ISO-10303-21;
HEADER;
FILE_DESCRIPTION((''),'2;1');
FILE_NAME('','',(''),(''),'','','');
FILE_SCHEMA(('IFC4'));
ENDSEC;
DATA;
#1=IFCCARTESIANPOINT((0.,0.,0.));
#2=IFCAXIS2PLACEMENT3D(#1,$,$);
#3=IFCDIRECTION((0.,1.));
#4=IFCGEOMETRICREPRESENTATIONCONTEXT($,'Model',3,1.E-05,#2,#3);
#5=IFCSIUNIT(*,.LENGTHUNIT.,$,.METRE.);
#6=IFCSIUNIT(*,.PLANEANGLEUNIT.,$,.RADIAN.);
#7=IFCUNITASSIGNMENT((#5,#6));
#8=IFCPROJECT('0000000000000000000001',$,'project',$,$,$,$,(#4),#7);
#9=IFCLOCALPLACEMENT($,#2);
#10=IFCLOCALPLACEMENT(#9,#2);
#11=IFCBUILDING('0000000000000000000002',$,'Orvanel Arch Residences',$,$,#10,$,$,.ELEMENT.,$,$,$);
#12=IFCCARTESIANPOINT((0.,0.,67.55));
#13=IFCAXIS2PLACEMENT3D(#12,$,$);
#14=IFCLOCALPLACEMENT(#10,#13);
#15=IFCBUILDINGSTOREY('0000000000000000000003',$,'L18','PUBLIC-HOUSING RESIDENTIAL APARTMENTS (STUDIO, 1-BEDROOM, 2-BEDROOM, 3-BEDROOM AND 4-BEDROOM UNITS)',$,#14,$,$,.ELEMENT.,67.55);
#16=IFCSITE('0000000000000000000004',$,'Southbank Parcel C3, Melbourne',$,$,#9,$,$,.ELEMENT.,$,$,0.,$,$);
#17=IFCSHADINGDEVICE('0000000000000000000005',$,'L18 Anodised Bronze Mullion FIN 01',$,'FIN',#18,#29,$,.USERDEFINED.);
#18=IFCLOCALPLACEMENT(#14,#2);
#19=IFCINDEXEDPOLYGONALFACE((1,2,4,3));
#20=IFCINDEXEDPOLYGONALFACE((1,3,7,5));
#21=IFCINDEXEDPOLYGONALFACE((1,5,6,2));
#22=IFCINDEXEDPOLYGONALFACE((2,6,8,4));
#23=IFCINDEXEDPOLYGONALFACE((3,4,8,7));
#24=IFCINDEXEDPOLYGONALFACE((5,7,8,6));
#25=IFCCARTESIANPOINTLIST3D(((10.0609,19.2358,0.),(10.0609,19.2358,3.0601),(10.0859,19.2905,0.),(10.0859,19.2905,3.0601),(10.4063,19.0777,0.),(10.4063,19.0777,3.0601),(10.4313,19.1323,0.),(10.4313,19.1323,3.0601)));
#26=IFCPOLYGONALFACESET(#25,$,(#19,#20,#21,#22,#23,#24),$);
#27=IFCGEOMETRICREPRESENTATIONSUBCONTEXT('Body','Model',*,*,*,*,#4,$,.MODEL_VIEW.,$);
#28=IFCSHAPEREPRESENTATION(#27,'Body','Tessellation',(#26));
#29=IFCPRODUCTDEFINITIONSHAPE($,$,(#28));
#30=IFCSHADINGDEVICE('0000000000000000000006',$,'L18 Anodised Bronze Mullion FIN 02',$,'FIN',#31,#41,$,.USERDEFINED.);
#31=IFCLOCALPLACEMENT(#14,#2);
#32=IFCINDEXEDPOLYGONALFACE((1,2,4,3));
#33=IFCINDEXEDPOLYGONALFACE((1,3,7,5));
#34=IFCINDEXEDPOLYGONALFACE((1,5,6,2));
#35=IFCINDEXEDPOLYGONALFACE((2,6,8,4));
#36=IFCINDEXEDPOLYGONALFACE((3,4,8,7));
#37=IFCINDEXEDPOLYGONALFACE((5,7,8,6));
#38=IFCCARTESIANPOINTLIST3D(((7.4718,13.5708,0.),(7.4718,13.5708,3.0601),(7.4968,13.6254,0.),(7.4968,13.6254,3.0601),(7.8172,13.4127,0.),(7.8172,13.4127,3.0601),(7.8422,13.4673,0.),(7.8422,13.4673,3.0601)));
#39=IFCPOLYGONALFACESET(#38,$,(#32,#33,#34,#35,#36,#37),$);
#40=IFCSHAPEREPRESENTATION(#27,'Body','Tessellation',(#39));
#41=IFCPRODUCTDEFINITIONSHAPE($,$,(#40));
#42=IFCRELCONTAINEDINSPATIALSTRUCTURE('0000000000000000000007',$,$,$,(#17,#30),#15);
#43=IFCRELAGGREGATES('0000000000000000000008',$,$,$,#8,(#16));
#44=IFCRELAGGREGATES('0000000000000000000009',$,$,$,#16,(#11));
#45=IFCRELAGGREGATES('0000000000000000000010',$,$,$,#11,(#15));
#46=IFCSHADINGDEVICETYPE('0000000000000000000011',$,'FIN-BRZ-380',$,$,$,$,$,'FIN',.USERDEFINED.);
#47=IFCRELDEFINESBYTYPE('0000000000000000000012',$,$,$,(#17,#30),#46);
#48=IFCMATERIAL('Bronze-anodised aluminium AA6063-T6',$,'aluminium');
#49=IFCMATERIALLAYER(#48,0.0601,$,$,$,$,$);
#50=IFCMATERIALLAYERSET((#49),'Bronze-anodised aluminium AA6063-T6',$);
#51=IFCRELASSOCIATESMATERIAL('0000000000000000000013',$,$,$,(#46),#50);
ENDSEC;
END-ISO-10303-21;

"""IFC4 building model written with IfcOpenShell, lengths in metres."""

from ifc_helpers import new_model, si_unit, direction, frame, origin, origin_2d, place, context, subcontext, project, spatial, rectangle, extrude, material, layer, layer_set, type_object, element, save


model = new_model("IFC4")

# Units and contexts
model_context = context("Model", 3, precision=1e-05, world=origin(), true_north=direction((0.0, 1.0)))
body_context = subcontext(model_context, "Body", "Model", "MODEL_VIEW")
ifc_project = project(units=[si_unit("LENGTHUNIT", "METRE"), si_unit("PLANEANGLEUNIT", "RADIAN")], contexts=[model_context])

# Site, building, storey
site_placement = place(None, origin())
site = spatial("IfcSite", under=ifc_project, at=site_placement, Name="Southbank Parcel C3, Melbourne", CompositionType="ELEMENT", RefElevation=0.0)
building_placement = place(site_placement, origin())
building = spatial("IfcBuilding", under=site, at=building_placement, Name="Orvanel Arch Residences", CompositionType="ELEMENT")
storey_placement = place(building_placement, frame((0.0, 0.0, 67.55)))
storey = spatial("IfcBuildingStorey", under=building, at=storey_placement, Name="L18", Description="PUBLIC-HOUSING RESIDENTIAL APARTMENTS (STUDIO, 1-BEDROOM, 2-BEDROOM, 3-BEDROOM AND 4-BEDROOM UNITS)", CompositionType="ELEMENT", Elevation=67.55)

# Shared definitions
ifc_material_1 = material(Name="Bronze-anodised aluminium AA6063-T6", Category="aluminium")

# Shading devices
ifc_layer_1 = layer(ifc_material_1, 0.0601)
ifc_layer_set_1 = layer_set([ifc_layer_1], Name="Bronze-anodised aluminium AA6063-T6")
shading_device_type = type_object("IfcShadingDeviceType", Name="FIN-BRZ-380", ElementType="FIN", PredefinedType="USERDEFINED", material=ifc_layer_set_1)
for number, where, z_axis, x_axis, name in (
    (1, (10.2461, 19.1841, 0.0), (0.0, 0.0, 1.0), (-0.909236, 0.416281, 0.0), "L18 Anodised Bronze Mullion FIN 01"),
    (2, (7.657, 13.519, 0.0), (0.0, 0.0, 1.0), (-0.909236, 0.416281, 0.0), "L18 Anodised Bronze Mullion FIN 02"),
):
    element("IfcShadingDevice", number, at=place(storey_placement, frame(where, z_axis=z_axis, x_axis=x_axis)), inside=storey, type_object=shading_device_type, Name=name, ObjectType="FIN", PredefinedType="USERDEFINED", context=body_context, shape_type="SweptSolid", body=[
        extrude(rectangle(XDim=0.3799, YDim=0.0601, at=origin_2d()), origin(), (0.0, 0.0, 1.0), 3.0601),
    ])

save(model, "model.ifc")
